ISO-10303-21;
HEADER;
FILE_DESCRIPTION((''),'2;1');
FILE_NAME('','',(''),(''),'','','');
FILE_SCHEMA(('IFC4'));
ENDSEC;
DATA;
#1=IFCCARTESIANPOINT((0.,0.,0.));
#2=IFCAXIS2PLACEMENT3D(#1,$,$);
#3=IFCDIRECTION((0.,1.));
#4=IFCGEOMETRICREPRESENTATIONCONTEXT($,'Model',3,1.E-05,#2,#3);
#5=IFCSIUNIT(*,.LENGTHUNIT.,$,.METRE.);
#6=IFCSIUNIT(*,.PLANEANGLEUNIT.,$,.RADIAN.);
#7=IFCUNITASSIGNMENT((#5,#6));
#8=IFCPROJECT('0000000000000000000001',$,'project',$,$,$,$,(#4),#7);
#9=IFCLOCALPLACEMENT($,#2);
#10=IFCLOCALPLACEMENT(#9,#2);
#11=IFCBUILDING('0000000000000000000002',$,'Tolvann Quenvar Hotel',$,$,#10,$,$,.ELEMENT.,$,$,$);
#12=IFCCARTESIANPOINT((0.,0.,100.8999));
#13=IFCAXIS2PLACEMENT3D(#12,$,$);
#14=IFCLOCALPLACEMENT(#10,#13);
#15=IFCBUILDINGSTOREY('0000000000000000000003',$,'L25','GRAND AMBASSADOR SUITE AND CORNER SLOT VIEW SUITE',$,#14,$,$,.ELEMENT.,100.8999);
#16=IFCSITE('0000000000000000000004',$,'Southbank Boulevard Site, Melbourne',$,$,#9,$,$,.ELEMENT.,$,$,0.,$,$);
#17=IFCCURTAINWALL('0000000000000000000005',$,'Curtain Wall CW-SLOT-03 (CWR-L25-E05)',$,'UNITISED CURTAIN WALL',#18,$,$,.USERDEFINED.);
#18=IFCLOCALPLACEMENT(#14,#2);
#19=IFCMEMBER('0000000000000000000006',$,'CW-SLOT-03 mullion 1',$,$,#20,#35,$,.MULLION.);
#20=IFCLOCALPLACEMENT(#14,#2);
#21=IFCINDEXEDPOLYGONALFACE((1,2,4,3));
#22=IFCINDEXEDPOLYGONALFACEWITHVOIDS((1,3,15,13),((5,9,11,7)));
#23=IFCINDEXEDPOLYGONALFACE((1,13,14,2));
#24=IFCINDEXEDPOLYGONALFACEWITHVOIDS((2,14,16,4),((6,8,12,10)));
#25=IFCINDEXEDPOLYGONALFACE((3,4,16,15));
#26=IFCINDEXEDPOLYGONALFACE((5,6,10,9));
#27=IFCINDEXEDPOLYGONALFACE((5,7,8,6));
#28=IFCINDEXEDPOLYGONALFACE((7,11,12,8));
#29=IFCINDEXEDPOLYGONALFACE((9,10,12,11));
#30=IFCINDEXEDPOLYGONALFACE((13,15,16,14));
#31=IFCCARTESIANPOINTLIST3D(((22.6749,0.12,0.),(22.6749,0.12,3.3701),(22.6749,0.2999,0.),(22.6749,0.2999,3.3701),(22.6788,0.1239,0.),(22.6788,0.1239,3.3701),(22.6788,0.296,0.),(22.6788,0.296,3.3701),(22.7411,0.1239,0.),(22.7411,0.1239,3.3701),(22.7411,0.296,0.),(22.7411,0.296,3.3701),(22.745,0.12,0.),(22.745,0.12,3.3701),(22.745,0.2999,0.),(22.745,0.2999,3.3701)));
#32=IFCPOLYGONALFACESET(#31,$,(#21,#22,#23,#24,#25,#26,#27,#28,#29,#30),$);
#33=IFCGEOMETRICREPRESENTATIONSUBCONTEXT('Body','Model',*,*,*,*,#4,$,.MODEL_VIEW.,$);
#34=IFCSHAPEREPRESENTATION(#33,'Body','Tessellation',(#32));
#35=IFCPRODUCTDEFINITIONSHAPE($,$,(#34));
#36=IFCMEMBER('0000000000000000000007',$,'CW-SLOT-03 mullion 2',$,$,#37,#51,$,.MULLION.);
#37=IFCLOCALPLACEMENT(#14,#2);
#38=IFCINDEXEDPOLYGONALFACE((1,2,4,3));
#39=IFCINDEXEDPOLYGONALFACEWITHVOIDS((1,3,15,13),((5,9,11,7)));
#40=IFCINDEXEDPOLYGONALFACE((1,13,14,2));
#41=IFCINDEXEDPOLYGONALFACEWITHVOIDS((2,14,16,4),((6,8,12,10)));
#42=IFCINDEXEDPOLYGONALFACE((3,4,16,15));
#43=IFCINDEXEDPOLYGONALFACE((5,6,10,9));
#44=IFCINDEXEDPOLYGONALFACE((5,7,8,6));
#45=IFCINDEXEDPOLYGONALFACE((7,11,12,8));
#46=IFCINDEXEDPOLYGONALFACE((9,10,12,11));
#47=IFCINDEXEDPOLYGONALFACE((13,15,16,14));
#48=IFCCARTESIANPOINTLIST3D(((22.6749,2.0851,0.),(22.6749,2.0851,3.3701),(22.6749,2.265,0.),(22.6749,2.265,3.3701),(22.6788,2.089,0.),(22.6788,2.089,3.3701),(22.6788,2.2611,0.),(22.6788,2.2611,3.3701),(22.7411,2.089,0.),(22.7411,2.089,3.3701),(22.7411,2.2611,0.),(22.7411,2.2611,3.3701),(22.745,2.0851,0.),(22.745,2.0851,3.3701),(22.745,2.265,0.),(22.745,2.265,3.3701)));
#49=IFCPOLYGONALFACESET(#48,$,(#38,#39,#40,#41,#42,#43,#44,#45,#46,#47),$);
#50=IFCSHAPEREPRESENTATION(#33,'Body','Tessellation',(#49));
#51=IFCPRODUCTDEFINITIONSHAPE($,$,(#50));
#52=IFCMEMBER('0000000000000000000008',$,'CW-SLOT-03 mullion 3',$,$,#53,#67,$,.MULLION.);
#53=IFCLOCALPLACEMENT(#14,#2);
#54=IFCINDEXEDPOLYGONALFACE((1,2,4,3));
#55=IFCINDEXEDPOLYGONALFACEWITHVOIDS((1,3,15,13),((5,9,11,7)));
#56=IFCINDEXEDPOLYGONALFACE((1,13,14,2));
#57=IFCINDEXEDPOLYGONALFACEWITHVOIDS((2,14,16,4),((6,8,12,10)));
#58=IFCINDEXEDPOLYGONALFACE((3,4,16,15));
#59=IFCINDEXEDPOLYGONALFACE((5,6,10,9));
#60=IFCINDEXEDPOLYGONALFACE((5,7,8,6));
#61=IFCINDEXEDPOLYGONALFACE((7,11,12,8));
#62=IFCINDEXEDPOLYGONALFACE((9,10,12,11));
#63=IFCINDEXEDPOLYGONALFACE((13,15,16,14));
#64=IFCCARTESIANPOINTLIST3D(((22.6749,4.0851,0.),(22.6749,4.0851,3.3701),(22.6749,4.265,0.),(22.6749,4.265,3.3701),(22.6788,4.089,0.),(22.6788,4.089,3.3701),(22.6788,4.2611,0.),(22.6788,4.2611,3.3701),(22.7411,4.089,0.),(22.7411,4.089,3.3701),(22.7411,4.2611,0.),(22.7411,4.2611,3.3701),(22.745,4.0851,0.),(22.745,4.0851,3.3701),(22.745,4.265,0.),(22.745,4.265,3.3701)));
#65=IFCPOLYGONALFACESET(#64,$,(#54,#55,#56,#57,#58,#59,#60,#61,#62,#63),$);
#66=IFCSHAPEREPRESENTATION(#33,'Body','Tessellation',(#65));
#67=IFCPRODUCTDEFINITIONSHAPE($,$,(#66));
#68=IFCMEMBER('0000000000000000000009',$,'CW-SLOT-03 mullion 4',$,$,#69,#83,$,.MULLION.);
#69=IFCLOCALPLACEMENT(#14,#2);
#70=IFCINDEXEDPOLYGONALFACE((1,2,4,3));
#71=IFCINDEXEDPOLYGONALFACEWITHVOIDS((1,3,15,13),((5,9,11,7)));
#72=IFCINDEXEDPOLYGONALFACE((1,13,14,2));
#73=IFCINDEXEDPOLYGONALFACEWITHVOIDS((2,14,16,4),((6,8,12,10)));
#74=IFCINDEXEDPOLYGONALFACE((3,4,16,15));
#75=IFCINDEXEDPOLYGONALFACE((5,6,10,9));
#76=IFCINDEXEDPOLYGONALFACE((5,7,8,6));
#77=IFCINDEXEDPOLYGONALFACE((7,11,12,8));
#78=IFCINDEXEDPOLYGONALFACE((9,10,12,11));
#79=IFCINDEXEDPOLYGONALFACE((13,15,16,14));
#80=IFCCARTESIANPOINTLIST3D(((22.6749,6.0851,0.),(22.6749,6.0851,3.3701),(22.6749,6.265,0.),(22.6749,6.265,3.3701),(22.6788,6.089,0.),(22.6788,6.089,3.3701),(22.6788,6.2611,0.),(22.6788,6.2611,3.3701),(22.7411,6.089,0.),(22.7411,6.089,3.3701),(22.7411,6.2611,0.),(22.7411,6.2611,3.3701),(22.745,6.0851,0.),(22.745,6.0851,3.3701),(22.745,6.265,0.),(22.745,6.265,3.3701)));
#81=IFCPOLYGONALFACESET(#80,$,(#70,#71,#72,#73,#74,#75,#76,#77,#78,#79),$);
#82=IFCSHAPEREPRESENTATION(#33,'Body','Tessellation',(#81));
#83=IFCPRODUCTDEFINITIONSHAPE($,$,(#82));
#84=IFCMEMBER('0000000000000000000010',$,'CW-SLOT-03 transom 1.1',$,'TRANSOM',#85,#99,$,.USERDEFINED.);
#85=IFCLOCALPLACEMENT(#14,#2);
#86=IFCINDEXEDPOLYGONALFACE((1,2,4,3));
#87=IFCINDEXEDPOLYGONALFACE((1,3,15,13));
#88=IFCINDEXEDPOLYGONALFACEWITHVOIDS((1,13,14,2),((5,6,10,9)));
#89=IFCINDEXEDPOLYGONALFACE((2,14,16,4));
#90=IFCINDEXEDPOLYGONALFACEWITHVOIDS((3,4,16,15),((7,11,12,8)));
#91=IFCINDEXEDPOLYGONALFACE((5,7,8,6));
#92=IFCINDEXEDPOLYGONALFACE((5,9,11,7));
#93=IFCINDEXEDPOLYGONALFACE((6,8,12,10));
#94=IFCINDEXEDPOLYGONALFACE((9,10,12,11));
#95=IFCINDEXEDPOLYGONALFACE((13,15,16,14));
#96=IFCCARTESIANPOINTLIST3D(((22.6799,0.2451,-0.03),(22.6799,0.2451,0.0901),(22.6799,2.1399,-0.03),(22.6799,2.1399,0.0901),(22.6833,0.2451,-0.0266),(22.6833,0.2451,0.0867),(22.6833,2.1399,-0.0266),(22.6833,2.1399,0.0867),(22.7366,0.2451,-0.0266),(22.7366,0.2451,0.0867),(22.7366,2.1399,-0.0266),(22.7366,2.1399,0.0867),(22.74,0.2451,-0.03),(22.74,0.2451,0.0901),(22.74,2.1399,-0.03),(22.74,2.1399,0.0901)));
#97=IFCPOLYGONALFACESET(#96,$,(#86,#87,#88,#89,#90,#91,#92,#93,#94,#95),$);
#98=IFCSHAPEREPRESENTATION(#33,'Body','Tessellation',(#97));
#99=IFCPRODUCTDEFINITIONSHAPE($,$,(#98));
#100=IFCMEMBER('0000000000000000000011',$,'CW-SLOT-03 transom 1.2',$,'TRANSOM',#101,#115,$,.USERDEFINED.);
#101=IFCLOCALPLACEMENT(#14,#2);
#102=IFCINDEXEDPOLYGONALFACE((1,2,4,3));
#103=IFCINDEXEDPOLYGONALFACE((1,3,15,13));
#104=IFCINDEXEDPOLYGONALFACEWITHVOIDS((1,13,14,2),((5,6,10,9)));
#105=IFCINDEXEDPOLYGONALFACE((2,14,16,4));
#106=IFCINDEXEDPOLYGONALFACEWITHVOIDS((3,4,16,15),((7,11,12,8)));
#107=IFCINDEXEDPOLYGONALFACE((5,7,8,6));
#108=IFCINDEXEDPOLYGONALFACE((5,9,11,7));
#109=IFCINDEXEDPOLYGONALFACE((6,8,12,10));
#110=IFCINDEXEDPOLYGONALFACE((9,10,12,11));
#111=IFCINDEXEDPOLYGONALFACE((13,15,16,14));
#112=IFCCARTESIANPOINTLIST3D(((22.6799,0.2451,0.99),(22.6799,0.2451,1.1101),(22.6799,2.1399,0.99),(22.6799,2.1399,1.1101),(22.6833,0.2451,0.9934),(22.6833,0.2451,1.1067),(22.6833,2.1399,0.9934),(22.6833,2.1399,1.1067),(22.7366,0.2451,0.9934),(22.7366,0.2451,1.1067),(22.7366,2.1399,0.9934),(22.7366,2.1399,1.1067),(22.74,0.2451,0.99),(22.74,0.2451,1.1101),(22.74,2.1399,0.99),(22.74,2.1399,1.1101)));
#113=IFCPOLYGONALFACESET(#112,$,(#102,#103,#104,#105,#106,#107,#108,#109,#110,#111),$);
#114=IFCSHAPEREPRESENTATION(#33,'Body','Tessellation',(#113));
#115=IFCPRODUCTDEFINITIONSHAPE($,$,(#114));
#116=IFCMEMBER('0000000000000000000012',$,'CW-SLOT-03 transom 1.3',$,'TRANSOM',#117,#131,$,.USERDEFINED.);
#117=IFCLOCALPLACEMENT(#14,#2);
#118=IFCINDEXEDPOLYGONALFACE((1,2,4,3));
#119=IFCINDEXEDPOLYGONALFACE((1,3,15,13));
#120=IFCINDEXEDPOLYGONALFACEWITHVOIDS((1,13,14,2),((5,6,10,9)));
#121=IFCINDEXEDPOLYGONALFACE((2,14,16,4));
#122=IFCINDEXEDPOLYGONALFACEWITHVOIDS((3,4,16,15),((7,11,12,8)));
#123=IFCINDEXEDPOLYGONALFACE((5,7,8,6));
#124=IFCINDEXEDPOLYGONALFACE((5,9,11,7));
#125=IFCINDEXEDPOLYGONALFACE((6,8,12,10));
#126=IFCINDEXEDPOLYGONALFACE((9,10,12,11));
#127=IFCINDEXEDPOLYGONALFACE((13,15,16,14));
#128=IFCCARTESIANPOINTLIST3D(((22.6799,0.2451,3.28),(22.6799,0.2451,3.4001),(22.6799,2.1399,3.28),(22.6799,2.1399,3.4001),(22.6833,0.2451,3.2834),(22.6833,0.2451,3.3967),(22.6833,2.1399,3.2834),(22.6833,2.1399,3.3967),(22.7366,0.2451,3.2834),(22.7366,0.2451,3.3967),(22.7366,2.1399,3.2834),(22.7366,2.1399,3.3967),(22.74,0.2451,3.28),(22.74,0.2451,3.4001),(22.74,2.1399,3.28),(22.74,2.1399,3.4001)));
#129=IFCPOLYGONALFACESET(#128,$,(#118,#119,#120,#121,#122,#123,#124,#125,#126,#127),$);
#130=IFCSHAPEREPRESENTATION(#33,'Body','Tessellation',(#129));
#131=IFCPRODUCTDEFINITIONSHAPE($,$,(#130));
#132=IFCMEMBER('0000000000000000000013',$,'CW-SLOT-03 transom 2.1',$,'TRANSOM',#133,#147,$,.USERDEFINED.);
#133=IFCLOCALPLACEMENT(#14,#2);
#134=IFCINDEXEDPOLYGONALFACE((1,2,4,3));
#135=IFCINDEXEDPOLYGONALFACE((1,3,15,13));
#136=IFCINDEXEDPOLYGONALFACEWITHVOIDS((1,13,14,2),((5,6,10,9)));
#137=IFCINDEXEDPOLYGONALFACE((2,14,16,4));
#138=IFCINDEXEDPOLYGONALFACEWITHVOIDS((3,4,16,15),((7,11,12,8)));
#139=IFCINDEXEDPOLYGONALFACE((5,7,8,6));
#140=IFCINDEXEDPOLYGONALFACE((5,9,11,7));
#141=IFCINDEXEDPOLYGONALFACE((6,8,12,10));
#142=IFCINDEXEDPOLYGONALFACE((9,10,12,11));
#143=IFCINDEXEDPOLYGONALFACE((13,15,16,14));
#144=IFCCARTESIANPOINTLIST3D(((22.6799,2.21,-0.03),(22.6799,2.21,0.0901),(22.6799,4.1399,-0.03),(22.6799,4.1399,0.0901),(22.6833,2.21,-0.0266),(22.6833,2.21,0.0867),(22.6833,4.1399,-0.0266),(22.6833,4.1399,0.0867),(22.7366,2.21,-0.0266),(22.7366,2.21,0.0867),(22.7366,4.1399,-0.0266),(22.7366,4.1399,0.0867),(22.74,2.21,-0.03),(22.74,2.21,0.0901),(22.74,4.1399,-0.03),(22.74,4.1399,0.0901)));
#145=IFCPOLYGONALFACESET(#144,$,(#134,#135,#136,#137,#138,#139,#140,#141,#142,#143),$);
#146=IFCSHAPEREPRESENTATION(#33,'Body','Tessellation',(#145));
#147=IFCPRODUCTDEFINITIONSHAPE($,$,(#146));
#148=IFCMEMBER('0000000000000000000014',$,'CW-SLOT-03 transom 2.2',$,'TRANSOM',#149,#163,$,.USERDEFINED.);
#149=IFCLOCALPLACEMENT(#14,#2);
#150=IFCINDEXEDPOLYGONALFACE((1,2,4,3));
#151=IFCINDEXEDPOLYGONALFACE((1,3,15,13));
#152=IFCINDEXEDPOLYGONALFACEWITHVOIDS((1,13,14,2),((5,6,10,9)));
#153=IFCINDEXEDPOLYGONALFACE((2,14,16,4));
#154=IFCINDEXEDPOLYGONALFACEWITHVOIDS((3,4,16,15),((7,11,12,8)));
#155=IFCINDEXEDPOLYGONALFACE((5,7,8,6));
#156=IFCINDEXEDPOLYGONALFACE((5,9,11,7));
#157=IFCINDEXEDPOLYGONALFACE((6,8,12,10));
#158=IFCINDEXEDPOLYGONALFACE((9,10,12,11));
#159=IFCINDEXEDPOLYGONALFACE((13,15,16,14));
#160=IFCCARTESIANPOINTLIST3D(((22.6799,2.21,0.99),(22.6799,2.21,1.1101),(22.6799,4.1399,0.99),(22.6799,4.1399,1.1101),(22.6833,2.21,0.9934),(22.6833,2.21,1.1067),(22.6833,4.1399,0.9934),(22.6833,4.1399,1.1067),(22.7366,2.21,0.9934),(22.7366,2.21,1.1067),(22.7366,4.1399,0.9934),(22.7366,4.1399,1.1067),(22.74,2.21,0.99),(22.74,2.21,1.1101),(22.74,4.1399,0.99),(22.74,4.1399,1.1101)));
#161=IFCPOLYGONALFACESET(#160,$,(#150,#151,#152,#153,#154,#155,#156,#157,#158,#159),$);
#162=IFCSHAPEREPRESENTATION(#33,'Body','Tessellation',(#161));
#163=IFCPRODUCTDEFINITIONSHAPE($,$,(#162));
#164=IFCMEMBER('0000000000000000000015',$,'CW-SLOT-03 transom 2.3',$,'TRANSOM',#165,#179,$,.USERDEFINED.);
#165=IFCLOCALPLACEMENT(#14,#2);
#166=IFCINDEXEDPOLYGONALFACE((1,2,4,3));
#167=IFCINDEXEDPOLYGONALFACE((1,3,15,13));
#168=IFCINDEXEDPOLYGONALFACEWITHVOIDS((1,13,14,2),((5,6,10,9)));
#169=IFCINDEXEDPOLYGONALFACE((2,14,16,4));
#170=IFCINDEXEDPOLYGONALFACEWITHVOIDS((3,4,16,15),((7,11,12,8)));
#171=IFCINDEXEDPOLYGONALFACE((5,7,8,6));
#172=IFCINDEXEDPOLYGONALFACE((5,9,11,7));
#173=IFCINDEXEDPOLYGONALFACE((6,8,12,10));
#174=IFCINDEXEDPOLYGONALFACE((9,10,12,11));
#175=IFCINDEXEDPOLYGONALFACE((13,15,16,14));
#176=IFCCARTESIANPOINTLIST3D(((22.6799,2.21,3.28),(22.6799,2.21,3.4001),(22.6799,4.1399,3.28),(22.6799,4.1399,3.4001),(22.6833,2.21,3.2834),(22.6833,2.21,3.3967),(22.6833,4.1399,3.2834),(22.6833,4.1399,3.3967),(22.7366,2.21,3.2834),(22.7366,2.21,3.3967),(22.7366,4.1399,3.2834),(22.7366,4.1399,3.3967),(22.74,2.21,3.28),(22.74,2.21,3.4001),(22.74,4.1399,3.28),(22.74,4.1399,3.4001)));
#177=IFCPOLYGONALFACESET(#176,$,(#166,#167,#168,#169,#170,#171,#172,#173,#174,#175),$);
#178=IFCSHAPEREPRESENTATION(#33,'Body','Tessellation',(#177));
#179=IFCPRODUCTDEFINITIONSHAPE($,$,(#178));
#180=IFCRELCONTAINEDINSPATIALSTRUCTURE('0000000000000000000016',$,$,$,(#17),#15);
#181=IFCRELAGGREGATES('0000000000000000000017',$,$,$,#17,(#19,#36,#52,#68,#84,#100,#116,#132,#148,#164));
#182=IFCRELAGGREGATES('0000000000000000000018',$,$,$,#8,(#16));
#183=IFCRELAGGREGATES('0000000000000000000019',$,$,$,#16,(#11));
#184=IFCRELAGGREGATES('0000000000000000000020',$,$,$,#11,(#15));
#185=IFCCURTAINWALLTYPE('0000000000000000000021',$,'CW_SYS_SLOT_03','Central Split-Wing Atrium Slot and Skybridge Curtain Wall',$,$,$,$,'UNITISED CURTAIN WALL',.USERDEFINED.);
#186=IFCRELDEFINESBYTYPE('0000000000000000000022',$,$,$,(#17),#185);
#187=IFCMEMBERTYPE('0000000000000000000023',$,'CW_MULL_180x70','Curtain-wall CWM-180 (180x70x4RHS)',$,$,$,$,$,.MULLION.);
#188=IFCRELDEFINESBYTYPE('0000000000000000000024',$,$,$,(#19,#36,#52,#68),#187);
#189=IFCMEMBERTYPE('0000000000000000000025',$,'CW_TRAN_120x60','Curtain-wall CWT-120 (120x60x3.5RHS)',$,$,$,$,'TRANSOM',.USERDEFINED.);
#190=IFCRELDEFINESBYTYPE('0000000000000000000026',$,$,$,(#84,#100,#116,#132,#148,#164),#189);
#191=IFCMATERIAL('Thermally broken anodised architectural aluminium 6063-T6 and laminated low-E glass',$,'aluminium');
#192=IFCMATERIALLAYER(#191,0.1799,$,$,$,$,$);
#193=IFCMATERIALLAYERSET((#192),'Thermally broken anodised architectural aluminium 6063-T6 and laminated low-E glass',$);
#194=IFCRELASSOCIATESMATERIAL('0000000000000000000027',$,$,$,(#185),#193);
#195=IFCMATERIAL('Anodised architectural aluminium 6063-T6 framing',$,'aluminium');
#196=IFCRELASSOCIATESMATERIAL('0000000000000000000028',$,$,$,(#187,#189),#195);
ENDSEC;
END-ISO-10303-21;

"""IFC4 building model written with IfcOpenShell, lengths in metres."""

from ifc_helpers import new_model, si_unit, direction, frame, origin, origin_2d, place, context, subcontext, project, spatial, hollow_rectangle, extrude, source, transform, mapped, material, layer, layer_set, material_profile, profile_set, type_object, type_shapes, element, aggregate, save


model = new_model("IFC4")

# Units and contexts
model_context = context("Model", 3, precision=1e-05, world=origin(), true_north=direction((0.0, 1.0)))
body_context = subcontext(model_context, "Body", "Model", "MODEL_VIEW")
ifc_project = project(units=[si_unit("LENGTHUNIT", "METRE"), si_unit("PLANEANGLEUNIT", "RADIAN")], contexts=[model_context])

# Site, building, storey
site_placement = place(None, origin())
site = spatial("IfcSite", under=ifc_project, at=site_placement, Name="Southbank Boulevard Site, Melbourne", CompositionType="ELEMENT", RefElevation=0.0)
building_placement = place(site_placement, origin())
building = spatial("IfcBuilding", under=site, at=building_placement, Name="Tolvann Quenvar Hotel", CompositionType="ELEMENT")
storey_placement = place(building_placement, frame((0.0, 0.0, 100.8999)))
storey = spatial("IfcBuildingStorey", under=building, at=storey_placement, Name="L25", Description="GRAND AMBASSADOR SUITE AND CORNER SLOT VIEW SUITE", CompositionType="ELEMENT", Elevation=100.8999)

# Curtain wall, members
ifc_material_1 = material(Name="Thermally broken anodised architectural aluminium 6063-T6 and laminated low-E glass", Category="aluminium")
ifc_layer_1 = layer(ifc_material_1, 0.1799)
ifc_layer_set_1 = layer_set([ifc_layer_1], Name="Thermally broken anodised architectural aluminium 6063-T6 and laminated low-E glass")
curtain_wall_type = type_object("IfcCurtainWallType", Name="CW_SYS_SLOT_03", Description="Central Split-Wing Atrium Slot and Skybridge Curtain Wall", ElementType="UNITISED CURTAIN WALL", PredefinedType="USERDEFINED", material=ifc_layer_set_1)
curtain_wall_placement = place(storey_placement, origin())
curtain_wall = element("IfcCurtainWall", 1, at=curtain_wall_placement, inside=storey, type_object=curtain_wall_type, Name="Curtain Wall CW-SLOT-03 (CWR-L25-E05)", ObjectType="UNITISED CURTAIN WALL", PredefinedType="USERDEFINED")
ifc_material_2 = material(Name="Anodised architectural aluminium 6063-T6 framing", Category="aluminium")
ifc_material_profile_1 = material_profile(ifc_material_2, hollow_rectangle(XDim=0.0701, YDim=0.1799, WallThickness=0.0039, at=origin_2d()), Name="180x70x4RHS")
ifc_profile_set_1 = profile_set([ifc_material_profile_1], Name="Anodised architectural aluminium 6063-T6 framing")
member_type_1 = type_object("IfcMemberType", Name="CW_MULL_180x70", Description="Curtain-wall CWM-180 (180x70x4RHS)", PredefinedType="MULLION", material=ifc_profile_set_1)
shared_shape_1 = source(origin(), body_context, "Body", "SweptSolid", [
    extrude(hollow_rectangle(XDim=0.0701, YDim=0.1799, WallThickness=0.0039, at=origin_2d()), origin(), (0.0, 0.0, 1.0), 3.3701),
])
type_shapes(member_type_1, [shared_shape_1])
member_1_placement = place(storey_placement, frame((22.71, 0.21, 0.0), z_axis=(0.0, 0.0, 1.0), x_axis=(-1.0, 0.0, 0.0)))
member_1 = element("IfcMember", 2, at=member_1_placement, type_object=member_type_1, Name="CW-SLOT-03 mullion 1", PredefinedType="MULLION", context=body_context, shape_type="MappedRepresentation", body=[
    mapped(shared_shape_1, transform((0.0, 0.0, 0.0), x_axis=(1.0, 0.0, 0.0), y_axis=(0.0, 1.0, 0.0), z_axis=(0.0, 0.0, 1.0), scale=1.0)),
])
member_2_placement = place(storey_placement, frame((22.71, 2.175, 0.0), z_axis=(0.0, 0.0, 1.0), x_axis=(-1.0, 0.0, 0.0)))
member_2 = element("IfcMember", 3, at=member_2_placement, type_object=member_type_1, Name="CW-SLOT-03 mullion 2", PredefinedType="MULLION", context=body_context, shape_type="MappedRepresentation", body=[
    mapped(shared_shape_1, transform((0.0, 0.0, 0.0), x_axis=(1.0, 0.0, 0.0), y_axis=(0.0, 1.0, 0.0), z_axis=(0.0, 0.0, 1.0), scale=1.0)),
])
member_3_placement = place(storey_placement, frame((22.71, 4.175, 0.0), z_axis=(0.0, 0.0, 1.0), x_axis=(-1.0, 0.0, 0.0)))
member_3 = element("IfcMember", 4, at=member_3_placement, type_object=member_type_1, Name="CW-SLOT-03 mullion 3", PredefinedType="MULLION", context=body_context, shape_type="MappedRepresentation", body=[
    mapped(shared_shape_1, transform((0.0, 0.0, 0.0), x_axis=(1.0, 0.0, 0.0), y_axis=(0.0, 1.0, 0.0), z_axis=(0.0, 0.0, 1.0), scale=1.0)),
])
member_4_placement = place(storey_placement, frame((22.71, 6.175, 0.0), z_axis=(0.0, 0.0, 1.0), x_axis=(-1.0, 0.0, 0.0)))
member_4 = element("IfcMember", 5, at=member_4_placement, type_object=member_type_1, Name="CW-SLOT-03 mullion 4", PredefinedType="MULLION", context=body_context, shape_type="MappedRepresentation", body=[
    mapped(shared_shape_1, transform((0.0, 0.0, 0.0), x_axis=(1.0, 0.0, 0.0), y_axis=(0.0, 1.0, 0.0), z_axis=(0.0, 0.0, 1.0), scale=1.0)),
])
ifc_material_profile_2 = material_profile(ifc_material_2, hollow_rectangle(XDim=0.0601, YDim=0.1201, WallThickness=0.0034, at=origin_2d()), Name="120x60x3.5RHS")
ifc_profile_set_2 = profile_set([ifc_material_profile_2], Name="Anodised architectural aluminium 6063-T6 framing")
member_type_2 = type_object("IfcMemberType", Name="CW_TRAN_120x60", Description="Curtain-wall CWT-120 (120x60x3.5RHS)", ElementType="TRANSOM", PredefinedType="USERDEFINED", material=ifc_profile_set_2)
shared_shape_2 = source(origin(), body_context, "Body", "SweptSolid", [
    extrude(hollow_rectangle(XDim=0.0601, YDim=0.1201, WallThickness=0.0034, at=origin_2d()), origin(), (0.0, 0.0, 1.0), 1.8948),
])
member_5_placement = place(storey_placement, frame((22.71, 0.2451, 0.03), z_axis=(0.0, 1.0, 0.0), x_axis=(-1.0, 0.0, 0.0)))
member_5 = element("IfcMember", 6, at=member_5_placement, type_object=member_type_2, Name="CW-SLOT-03 transom 1.1", ObjectType="TRANSOM", PredefinedType="USERDEFINED", context=body_context, shape_type="MappedRepresentation", body=[
    mapped(shared_shape_2, transform((0.0, 0.0, 0.0), x_axis=(1.0, 0.0, 0.0), y_axis=(0.0, 1.0, 0.0), z_axis=(0.0, 0.0, 1.0), scale=1.0)),
])
member_6_placement = place(storey_placement, frame((22.71, 0.2451, 1.05), z_axis=(0.0, 1.0, 0.0), x_axis=(-1.0, 0.0, 0.0)))
member_6 = element("IfcMember", 7, at=member_6_placement, type_object=member_type_2, Name="CW-SLOT-03 transom 1.2", ObjectType="TRANSOM", PredefinedType="USERDEFINED", context=body_context, shape_type="MappedRepresentation", body=[
    mapped(shared_shape_2, transform((0.0, 0.0, 0.0), x_axis=(1.0, 0.0, 0.0), y_axis=(0.0, 1.0, 0.0), z_axis=(0.0, 0.0, 1.0), scale=1.0)),
])
member_7_placement = place(storey_placement, frame((22.71, 0.2451, 3.3401), z_axis=(0.0, 1.0, 0.0), x_axis=(-1.0, 0.0, 0.0)))
member_7 = element("IfcMember", 8, at=member_7_placement, type_object=member_type_2, Name="CW-SLOT-03 transom 1.3", ObjectType="TRANSOM", PredefinedType="USERDEFINED", context=body_context, shape_type="MappedRepresentation", body=[
    mapped(shared_shape_2, transform((0.0, 0.0, 0.0), x_axis=(1.0, 0.0, 0.0), y_axis=(0.0, 1.0, 0.0), z_axis=(0.0, 0.0, 1.0), scale=1.0)),
])
shared_shape_3 = source(origin(), body_context, "Body", "SweptSolid", [
    extrude(hollow_rectangle(XDim=0.0601, YDim=0.1201, WallThickness=0.0034, at=origin_2d()), origin(), (0.0, 0.0, 1.0), 1.9299),
])
type_shapes(member_type_2, [shared_shape_2, shared_shape_3])
member_8_placement = place(storey_placement, frame((22.71, 2.21, 0.03), z_axis=(0.0, 1.0, 0.0), x_axis=(-1.0, 0.0, 0.0)))
member_8 = element("IfcMember", 9, at=member_8_placement, type_object=member_type_2, Name="CW-SLOT-03 transom 2.1", ObjectType="TRANSOM", PredefinedType="USERDEFINED", context=body_context, shape_type="MappedRepresentation", body=[
    mapped(shared_shape_3, transform((0.0, 0.0, 0.0), x_axis=(1.0, 0.0, 0.0), y_axis=(0.0, 1.0, 0.0), z_axis=(0.0, 0.0, 1.0), scale=1.0)),
])
member_9_placement = place(storey_placement, frame((22.71, 2.21, 1.05), z_axis=(0.0, 1.0, 0.0), x_axis=(-1.0, 0.0, 0.0)))
member_9 = element("IfcMember", 10, at=member_9_placement, type_object=member_type_2, Name="CW-SLOT-03 transom 2.2", ObjectType="TRANSOM", PredefinedType="USERDEFINED", context=body_context, shape_type="MappedRepresentation", body=[
    mapped(shared_shape_3, transform((0.0, 0.0, 0.0), x_axis=(1.0, 0.0, 0.0), y_axis=(0.0, 1.0, 0.0), z_axis=(0.0, 0.0, 1.0), scale=1.0)),
])
member_10_placement = place(storey_placement, frame((22.71, 2.21, 3.3401), z_axis=(0.0, 1.0, 0.0), x_axis=(-1.0, 0.0, 0.0)))
member_10 = element("IfcMember", 11, at=member_10_placement, type_object=member_type_2, Name="CW-SLOT-03 transom 2.3", ObjectType="TRANSOM", PredefinedType="USERDEFINED", context=body_context, shape_type="MappedRepresentation", body=[
    mapped(shared_shape_3, transform((0.0, 0.0, 0.0), x_axis=(1.0, 0.0, 0.0), y_axis=(0.0, 1.0, 0.0), z_axis=(0.0, 0.0, 1.0), scale=1.0)),
])
aggregate(curtain_wall, [member_1, member_2, member_3, member_4, member_5, member_6, member_7, member_8, member_9, member_10])

save(model, "model.ifc")
